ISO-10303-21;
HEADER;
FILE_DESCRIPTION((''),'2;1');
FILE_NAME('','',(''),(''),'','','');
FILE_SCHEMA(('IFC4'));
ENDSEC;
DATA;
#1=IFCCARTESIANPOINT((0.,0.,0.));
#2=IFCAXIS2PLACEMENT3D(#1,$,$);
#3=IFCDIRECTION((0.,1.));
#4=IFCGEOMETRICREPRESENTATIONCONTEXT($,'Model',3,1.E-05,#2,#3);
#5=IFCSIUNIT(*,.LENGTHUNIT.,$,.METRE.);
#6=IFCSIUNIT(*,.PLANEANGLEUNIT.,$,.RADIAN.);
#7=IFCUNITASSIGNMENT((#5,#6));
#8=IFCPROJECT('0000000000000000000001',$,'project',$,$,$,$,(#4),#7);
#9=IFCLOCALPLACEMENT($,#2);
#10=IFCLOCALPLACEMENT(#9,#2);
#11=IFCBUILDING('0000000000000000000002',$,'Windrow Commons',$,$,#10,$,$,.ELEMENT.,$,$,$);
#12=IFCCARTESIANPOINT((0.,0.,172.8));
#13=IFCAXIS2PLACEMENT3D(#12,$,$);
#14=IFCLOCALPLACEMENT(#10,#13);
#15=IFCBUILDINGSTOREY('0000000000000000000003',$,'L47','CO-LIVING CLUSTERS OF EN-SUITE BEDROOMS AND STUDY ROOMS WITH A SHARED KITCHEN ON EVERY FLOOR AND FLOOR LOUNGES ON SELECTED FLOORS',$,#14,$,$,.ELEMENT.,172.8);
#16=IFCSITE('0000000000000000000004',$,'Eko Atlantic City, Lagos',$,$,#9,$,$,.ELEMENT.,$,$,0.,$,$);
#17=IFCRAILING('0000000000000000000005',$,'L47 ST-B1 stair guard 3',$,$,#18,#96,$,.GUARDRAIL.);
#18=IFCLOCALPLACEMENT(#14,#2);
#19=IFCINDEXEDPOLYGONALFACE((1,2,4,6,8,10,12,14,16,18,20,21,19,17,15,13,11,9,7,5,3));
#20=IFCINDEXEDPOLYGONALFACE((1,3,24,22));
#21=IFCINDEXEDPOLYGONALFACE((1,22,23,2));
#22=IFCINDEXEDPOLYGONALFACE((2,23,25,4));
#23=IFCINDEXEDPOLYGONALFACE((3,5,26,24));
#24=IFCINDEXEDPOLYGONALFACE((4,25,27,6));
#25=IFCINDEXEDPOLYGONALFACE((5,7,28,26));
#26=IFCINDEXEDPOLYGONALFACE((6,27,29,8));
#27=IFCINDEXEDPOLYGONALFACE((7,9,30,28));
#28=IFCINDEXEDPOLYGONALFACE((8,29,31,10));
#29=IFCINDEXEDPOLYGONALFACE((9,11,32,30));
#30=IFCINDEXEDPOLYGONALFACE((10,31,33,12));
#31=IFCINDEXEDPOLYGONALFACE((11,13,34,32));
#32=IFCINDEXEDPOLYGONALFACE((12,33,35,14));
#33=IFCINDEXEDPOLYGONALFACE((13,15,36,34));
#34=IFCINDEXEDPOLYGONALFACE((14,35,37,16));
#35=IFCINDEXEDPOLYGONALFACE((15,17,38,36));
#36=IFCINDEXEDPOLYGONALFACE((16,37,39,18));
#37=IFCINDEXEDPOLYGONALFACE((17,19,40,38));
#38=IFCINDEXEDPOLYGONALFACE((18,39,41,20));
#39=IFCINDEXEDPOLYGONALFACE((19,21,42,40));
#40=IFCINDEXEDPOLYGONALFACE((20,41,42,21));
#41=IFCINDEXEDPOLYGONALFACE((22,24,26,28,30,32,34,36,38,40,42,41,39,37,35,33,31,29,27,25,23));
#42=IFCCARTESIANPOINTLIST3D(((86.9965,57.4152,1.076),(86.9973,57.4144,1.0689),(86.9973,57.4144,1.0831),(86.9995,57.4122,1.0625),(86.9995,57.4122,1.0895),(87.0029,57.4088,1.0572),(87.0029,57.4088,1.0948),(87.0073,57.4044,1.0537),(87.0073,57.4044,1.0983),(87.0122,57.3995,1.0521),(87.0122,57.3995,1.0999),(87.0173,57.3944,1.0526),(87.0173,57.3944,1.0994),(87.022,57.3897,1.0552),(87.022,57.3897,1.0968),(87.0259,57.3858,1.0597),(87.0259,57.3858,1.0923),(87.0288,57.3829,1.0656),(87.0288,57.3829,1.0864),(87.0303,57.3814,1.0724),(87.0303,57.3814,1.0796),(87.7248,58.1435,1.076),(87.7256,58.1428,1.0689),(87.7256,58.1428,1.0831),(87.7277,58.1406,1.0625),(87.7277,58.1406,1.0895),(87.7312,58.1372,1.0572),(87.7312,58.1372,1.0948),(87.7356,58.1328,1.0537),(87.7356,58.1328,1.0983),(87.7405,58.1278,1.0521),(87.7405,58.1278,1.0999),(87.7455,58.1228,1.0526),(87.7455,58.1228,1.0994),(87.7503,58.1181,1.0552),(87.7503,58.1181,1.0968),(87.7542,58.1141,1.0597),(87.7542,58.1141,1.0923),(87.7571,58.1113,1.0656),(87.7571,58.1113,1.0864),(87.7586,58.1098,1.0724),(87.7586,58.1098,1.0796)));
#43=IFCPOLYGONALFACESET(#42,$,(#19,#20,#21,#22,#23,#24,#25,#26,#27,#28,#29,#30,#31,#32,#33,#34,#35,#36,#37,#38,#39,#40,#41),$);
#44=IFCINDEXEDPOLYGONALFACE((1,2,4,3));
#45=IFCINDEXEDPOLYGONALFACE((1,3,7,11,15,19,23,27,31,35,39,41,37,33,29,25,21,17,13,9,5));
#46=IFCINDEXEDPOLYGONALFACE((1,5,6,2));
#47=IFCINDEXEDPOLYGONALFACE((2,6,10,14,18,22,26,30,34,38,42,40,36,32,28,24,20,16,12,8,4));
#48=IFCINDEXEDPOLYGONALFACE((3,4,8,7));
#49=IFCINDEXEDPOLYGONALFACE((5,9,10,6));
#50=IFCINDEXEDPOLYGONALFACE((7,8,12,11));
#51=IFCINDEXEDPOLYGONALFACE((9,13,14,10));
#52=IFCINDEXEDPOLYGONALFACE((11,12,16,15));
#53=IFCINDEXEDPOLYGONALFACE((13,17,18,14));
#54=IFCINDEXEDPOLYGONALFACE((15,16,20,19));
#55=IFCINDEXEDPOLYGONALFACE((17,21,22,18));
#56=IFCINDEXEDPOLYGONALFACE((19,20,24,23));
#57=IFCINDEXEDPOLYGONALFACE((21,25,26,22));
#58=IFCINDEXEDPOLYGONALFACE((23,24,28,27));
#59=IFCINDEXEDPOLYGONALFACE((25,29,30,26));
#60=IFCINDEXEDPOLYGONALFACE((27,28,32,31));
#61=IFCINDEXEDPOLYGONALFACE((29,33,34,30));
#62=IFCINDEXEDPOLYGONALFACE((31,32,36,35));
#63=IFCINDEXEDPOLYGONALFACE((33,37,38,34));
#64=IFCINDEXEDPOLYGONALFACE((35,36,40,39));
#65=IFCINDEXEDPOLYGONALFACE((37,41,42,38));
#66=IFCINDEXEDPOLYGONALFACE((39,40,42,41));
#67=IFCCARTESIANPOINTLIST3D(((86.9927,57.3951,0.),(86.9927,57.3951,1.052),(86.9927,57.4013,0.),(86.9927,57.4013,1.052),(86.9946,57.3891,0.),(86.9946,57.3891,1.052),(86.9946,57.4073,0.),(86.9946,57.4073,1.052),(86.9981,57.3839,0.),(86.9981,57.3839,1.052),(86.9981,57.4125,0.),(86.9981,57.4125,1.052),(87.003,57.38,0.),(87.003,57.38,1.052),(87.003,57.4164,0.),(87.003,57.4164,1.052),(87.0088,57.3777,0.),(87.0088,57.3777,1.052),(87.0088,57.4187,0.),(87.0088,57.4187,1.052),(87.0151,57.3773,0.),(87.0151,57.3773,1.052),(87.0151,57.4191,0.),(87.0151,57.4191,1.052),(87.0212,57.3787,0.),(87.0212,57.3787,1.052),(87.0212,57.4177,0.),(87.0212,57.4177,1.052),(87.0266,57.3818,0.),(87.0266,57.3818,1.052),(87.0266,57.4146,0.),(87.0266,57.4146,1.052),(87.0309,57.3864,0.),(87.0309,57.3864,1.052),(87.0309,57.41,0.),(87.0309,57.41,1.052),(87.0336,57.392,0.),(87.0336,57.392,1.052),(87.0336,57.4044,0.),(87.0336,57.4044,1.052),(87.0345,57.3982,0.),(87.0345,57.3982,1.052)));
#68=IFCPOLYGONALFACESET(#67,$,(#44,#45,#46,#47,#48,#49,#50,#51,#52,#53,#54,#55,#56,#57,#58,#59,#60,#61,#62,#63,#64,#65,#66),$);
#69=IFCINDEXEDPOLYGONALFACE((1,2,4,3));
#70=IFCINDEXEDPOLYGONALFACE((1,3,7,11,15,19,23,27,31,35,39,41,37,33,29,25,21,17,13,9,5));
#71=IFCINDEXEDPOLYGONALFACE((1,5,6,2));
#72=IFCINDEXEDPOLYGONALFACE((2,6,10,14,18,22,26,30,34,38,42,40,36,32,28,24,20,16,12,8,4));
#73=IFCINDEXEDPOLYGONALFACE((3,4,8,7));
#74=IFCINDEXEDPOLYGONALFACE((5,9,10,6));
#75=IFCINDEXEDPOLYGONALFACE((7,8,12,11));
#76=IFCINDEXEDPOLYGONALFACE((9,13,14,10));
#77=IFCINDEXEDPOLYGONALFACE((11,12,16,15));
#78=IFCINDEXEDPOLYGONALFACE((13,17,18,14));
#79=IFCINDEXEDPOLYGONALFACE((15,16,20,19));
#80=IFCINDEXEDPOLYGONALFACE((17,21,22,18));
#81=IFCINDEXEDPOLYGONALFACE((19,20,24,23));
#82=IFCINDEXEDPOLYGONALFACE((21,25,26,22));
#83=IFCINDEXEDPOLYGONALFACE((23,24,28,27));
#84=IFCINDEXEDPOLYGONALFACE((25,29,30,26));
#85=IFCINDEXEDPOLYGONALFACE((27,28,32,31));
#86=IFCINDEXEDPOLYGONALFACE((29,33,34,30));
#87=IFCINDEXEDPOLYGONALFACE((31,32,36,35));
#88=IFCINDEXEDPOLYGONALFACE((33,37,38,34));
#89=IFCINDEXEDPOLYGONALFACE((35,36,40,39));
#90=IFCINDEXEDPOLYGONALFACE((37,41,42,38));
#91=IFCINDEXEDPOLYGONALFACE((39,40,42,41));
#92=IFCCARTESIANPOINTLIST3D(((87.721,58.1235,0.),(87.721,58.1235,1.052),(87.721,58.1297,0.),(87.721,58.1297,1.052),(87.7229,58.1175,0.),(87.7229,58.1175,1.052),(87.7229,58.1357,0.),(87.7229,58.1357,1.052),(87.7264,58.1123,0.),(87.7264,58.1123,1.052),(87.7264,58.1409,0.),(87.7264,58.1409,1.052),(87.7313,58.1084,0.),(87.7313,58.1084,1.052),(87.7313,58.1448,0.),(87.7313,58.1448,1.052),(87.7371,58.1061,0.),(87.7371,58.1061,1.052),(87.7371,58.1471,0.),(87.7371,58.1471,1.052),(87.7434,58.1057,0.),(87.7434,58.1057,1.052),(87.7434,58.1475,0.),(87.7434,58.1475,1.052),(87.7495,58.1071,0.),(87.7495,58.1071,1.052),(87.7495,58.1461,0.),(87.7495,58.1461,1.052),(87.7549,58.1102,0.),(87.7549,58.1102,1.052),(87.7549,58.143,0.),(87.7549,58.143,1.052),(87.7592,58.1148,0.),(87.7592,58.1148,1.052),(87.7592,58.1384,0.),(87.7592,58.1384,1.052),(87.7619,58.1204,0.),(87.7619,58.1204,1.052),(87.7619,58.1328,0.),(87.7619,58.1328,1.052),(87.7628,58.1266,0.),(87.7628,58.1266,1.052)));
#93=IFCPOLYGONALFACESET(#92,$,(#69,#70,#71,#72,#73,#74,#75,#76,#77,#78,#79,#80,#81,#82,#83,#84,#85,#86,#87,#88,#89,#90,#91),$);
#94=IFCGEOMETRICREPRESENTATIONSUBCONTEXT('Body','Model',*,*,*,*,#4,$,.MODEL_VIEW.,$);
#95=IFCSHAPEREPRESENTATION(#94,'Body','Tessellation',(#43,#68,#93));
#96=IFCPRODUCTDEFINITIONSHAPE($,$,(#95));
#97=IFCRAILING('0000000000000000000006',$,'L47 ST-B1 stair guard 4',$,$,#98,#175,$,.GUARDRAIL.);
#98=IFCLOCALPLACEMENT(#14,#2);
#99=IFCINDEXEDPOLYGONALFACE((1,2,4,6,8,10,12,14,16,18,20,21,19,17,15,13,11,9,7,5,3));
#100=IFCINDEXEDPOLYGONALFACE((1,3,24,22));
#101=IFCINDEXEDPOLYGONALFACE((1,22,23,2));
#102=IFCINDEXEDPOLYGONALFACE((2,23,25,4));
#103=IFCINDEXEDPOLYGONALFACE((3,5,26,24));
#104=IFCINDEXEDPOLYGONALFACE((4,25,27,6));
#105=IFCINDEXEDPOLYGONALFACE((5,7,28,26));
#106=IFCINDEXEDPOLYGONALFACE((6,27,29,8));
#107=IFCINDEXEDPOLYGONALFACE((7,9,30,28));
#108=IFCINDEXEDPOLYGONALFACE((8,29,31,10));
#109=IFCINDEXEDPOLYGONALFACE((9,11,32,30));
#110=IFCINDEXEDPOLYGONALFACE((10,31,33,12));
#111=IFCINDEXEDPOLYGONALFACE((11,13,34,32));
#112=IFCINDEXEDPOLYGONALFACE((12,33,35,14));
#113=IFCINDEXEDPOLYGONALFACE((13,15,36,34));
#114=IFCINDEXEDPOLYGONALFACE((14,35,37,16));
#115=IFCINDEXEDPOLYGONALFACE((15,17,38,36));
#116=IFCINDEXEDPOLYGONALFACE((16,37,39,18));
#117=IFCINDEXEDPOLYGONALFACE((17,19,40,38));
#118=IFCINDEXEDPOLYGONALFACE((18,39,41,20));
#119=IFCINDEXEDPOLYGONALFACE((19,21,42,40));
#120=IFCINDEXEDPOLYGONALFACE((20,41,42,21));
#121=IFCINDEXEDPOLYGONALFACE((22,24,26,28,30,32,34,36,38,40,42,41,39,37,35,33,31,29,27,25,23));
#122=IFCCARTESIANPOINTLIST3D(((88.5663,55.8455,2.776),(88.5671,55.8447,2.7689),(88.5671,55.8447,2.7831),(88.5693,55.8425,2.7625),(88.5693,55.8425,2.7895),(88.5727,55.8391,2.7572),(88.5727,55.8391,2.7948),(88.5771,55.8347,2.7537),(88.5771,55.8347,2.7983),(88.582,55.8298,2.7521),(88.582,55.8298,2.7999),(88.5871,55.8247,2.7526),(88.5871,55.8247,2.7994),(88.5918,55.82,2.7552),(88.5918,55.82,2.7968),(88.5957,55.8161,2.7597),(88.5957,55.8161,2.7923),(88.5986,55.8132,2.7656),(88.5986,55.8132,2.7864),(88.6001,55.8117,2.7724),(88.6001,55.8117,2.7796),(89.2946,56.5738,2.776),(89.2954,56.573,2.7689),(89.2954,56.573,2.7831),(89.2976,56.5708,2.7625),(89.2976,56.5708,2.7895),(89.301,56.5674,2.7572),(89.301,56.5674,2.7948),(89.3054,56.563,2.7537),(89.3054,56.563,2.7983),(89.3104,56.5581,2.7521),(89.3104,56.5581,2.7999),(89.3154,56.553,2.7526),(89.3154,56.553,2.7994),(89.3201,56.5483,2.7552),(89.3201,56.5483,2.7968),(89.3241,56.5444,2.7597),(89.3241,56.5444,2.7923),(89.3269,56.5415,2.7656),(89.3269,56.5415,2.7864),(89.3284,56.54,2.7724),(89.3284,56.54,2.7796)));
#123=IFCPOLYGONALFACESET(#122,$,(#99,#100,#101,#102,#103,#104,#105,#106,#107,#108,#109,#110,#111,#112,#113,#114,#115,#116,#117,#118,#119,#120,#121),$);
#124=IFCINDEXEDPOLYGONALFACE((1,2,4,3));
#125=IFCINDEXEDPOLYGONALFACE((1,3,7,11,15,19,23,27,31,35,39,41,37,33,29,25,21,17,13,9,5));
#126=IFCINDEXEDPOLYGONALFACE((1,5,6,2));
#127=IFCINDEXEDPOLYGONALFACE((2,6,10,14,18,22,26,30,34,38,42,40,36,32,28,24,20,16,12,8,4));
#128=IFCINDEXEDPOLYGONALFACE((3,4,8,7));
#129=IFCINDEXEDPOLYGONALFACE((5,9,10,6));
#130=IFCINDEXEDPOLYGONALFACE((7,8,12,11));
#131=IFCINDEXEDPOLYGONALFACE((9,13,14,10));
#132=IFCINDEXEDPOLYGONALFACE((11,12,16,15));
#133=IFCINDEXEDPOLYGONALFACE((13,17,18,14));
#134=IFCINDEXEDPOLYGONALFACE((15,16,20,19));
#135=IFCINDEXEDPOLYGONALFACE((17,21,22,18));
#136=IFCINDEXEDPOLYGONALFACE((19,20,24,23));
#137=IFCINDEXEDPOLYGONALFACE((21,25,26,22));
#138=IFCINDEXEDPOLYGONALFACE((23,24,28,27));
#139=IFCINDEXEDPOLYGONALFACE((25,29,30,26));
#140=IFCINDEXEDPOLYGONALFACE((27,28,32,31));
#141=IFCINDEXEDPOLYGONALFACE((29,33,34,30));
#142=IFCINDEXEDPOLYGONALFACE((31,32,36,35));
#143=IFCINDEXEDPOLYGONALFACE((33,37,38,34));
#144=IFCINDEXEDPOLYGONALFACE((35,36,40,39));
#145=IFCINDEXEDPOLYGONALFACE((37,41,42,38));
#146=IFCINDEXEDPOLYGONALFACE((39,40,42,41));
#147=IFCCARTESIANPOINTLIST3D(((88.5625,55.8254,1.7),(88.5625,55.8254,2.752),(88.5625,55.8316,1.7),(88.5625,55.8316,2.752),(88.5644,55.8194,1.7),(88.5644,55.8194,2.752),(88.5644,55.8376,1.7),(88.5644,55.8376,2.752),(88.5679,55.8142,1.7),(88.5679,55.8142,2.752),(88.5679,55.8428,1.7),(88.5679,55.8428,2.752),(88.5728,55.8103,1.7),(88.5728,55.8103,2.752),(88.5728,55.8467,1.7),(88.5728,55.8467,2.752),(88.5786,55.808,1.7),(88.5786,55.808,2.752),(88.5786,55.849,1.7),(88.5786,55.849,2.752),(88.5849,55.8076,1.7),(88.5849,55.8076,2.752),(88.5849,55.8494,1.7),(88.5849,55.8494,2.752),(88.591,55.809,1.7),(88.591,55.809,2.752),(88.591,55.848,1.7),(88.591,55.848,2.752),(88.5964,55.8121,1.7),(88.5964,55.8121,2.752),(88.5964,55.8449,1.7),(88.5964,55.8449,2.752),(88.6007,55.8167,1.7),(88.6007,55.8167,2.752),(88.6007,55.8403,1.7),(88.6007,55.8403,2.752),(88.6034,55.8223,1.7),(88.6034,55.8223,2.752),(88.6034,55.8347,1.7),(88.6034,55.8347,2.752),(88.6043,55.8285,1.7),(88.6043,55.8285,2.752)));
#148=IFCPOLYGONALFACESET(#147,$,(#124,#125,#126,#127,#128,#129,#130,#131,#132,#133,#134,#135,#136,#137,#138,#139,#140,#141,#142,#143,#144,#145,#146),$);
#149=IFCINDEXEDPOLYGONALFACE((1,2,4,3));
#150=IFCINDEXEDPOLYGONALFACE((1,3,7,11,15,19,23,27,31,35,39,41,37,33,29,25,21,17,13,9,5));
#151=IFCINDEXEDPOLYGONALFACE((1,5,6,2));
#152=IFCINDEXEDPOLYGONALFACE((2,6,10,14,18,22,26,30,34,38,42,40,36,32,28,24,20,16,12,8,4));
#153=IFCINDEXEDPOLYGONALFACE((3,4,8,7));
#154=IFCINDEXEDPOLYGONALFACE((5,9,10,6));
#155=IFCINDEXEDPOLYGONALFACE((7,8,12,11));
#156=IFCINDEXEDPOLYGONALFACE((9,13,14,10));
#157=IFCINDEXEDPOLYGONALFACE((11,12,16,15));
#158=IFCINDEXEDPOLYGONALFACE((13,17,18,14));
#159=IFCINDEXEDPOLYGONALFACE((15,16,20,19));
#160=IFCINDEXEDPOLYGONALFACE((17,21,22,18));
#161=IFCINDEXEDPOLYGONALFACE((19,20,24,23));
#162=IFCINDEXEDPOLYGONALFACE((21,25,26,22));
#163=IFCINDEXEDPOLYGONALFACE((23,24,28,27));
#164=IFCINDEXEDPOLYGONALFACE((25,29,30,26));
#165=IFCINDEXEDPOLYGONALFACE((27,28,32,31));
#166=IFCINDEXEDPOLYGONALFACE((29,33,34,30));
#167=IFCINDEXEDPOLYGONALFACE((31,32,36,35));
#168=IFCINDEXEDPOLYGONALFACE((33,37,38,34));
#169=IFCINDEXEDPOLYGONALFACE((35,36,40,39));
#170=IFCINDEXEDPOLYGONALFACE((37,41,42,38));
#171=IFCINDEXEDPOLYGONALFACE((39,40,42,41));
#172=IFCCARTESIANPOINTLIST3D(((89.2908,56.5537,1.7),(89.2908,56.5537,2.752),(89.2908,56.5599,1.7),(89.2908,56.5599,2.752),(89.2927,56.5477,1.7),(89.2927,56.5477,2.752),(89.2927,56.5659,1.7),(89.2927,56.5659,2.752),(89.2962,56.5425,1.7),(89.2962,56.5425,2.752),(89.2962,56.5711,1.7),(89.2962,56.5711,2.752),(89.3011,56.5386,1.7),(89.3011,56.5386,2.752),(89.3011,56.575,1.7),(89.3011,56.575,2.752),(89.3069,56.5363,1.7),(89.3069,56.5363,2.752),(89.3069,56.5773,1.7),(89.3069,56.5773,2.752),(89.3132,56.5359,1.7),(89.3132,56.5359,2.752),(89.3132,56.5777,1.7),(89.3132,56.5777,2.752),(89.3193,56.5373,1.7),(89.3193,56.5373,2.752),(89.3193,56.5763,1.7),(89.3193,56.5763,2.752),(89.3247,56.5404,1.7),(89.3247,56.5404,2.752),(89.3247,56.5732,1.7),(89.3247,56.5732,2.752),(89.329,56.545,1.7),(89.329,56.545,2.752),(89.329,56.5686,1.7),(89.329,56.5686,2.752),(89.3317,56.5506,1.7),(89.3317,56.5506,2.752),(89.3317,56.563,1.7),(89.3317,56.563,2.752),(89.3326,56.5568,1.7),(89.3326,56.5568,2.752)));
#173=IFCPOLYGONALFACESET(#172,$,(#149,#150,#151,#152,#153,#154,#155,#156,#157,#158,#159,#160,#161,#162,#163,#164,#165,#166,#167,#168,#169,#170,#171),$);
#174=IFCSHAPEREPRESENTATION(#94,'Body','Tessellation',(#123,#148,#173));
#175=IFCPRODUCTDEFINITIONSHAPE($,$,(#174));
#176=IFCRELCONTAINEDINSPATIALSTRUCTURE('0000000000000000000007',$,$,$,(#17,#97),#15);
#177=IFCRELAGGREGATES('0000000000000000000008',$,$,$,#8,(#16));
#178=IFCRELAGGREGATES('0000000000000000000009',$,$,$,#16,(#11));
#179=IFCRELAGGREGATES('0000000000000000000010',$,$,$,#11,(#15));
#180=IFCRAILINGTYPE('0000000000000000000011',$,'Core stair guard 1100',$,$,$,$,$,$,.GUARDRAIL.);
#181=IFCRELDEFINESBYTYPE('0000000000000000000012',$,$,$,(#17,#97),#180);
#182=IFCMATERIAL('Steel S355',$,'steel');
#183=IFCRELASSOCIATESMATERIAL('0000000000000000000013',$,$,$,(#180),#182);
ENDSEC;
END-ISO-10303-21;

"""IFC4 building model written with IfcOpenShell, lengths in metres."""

from ifc_helpers import new_model, si_unit, direction, frame, origin, origin_2d, place, context, subcontext, project, spatial, circle, extrude, material, type_object, element, save


model = new_model("IFC4")

# Units and contexts
model_context = context("Model", 3, precision=1e-05, world=origin(), true_north=direction((0.0, 1.0)))
body_context = subcontext(model_context, "Body", "Model", "MODEL_VIEW")
ifc_project = project(units=[si_unit("LENGTHUNIT", "METRE"), si_unit("PLANEANGLEUNIT", "RADIAN")], contexts=[model_context])

# Site, building, storey
site_placement = place(None, origin())
site = spatial("IfcSite", under=ifc_project, at=site_placement, Name="Eko Atlantic City, Lagos", CompositionType="ELEMENT", RefElevation=0.0)
building_placement = place(site_placement, origin())
building = spatial("IfcBuilding", under=site, at=building_placement, Name="Windrow Commons", CompositionType="ELEMENT")
storey_placement = place(building_placement, frame((0.0, 0.0, 172.8)))
storey = spatial("IfcBuildingStorey", under=building, at=storey_placement, Name="L47", Description="CO-LIVING CLUSTERS OF EN-SUITE BEDROOMS AND STUDY ROOMS WITH A SHARED KITCHEN ON EVERY FLOOR AND FLOOR LOUNGES ON SELECTED FLOORS", CompositionType="ELEMENT", Elevation=172.8)

# Railings
ifc_material_1 = material(Name="Steel S355", Category="steel")
railing_type_1 = type_object("IfcRailingType", Name="Core stair guard 1100", PredefinedType="GUARDRAIL", material=ifc_material_1)
railing_1_placement = place(storey_placement, frame((87.0135, 57.3982, 0.0)))
element("IfcRailing", 1, at=railing_1_placement, inside=storey, type_object=railing_type_1, Name="L47 ST-B1 stair guard 3", PredefinedType="GUARDRAIL", context=body_context, shape_type="SweptSolid", body=[
    extrude(circle(Radius=0.024, at=origin_2d()), frame((0.0, 0.0, 1.076), z_axis=(0.707058, 0.707155, 0.0), x_axis=(-0.707155, 0.707058, 0.0)), (0.0, 0.0, 1.0), 1.03),
    extrude(circle(Radius=0.021, at=origin_2d()), origin(), (0.0, 0.0, 1.0), 1.052),
    extrude(circle(Radius=0.021, at=origin_2d()), frame((0.7283, 0.7284, 0.0)), (0.0, 0.0, 1.0), 1.052),
])
railing_2_placement = place(storey_placement, frame((88.5833, 55.8285, 1.7)))
element("IfcRailing", 2, at=railing_2_placement, inside=storey, type_object=railing_type_1, Name="L47 ST-B1 stair guard 4", PredefinedType="GUARDRAIL", context=body_context, shape_type="SweptSolid", body=[
    extrude(circle(Radius=0.024, at=origin_2d()), frame((0.0, 0.0, 1.076), z_axis=(0.707107, 0.707107, 0.0), x_axis=(-0.707107, 0.707107, 0.0)), (0.0, 0.0, 1.0), 1.03),
    extrude(circle(Radius=0.021, at=origin_2d()), origin(), (0.0, 0.0, 1.0), 1.052),
    extrude(circle(Radius=0.021, at=origin_2d()), frame((0.7283, 0.7283, 0.0)), (0.0, 0.0, 1.0), 1.052),
])

save(model, "model.ifc")
